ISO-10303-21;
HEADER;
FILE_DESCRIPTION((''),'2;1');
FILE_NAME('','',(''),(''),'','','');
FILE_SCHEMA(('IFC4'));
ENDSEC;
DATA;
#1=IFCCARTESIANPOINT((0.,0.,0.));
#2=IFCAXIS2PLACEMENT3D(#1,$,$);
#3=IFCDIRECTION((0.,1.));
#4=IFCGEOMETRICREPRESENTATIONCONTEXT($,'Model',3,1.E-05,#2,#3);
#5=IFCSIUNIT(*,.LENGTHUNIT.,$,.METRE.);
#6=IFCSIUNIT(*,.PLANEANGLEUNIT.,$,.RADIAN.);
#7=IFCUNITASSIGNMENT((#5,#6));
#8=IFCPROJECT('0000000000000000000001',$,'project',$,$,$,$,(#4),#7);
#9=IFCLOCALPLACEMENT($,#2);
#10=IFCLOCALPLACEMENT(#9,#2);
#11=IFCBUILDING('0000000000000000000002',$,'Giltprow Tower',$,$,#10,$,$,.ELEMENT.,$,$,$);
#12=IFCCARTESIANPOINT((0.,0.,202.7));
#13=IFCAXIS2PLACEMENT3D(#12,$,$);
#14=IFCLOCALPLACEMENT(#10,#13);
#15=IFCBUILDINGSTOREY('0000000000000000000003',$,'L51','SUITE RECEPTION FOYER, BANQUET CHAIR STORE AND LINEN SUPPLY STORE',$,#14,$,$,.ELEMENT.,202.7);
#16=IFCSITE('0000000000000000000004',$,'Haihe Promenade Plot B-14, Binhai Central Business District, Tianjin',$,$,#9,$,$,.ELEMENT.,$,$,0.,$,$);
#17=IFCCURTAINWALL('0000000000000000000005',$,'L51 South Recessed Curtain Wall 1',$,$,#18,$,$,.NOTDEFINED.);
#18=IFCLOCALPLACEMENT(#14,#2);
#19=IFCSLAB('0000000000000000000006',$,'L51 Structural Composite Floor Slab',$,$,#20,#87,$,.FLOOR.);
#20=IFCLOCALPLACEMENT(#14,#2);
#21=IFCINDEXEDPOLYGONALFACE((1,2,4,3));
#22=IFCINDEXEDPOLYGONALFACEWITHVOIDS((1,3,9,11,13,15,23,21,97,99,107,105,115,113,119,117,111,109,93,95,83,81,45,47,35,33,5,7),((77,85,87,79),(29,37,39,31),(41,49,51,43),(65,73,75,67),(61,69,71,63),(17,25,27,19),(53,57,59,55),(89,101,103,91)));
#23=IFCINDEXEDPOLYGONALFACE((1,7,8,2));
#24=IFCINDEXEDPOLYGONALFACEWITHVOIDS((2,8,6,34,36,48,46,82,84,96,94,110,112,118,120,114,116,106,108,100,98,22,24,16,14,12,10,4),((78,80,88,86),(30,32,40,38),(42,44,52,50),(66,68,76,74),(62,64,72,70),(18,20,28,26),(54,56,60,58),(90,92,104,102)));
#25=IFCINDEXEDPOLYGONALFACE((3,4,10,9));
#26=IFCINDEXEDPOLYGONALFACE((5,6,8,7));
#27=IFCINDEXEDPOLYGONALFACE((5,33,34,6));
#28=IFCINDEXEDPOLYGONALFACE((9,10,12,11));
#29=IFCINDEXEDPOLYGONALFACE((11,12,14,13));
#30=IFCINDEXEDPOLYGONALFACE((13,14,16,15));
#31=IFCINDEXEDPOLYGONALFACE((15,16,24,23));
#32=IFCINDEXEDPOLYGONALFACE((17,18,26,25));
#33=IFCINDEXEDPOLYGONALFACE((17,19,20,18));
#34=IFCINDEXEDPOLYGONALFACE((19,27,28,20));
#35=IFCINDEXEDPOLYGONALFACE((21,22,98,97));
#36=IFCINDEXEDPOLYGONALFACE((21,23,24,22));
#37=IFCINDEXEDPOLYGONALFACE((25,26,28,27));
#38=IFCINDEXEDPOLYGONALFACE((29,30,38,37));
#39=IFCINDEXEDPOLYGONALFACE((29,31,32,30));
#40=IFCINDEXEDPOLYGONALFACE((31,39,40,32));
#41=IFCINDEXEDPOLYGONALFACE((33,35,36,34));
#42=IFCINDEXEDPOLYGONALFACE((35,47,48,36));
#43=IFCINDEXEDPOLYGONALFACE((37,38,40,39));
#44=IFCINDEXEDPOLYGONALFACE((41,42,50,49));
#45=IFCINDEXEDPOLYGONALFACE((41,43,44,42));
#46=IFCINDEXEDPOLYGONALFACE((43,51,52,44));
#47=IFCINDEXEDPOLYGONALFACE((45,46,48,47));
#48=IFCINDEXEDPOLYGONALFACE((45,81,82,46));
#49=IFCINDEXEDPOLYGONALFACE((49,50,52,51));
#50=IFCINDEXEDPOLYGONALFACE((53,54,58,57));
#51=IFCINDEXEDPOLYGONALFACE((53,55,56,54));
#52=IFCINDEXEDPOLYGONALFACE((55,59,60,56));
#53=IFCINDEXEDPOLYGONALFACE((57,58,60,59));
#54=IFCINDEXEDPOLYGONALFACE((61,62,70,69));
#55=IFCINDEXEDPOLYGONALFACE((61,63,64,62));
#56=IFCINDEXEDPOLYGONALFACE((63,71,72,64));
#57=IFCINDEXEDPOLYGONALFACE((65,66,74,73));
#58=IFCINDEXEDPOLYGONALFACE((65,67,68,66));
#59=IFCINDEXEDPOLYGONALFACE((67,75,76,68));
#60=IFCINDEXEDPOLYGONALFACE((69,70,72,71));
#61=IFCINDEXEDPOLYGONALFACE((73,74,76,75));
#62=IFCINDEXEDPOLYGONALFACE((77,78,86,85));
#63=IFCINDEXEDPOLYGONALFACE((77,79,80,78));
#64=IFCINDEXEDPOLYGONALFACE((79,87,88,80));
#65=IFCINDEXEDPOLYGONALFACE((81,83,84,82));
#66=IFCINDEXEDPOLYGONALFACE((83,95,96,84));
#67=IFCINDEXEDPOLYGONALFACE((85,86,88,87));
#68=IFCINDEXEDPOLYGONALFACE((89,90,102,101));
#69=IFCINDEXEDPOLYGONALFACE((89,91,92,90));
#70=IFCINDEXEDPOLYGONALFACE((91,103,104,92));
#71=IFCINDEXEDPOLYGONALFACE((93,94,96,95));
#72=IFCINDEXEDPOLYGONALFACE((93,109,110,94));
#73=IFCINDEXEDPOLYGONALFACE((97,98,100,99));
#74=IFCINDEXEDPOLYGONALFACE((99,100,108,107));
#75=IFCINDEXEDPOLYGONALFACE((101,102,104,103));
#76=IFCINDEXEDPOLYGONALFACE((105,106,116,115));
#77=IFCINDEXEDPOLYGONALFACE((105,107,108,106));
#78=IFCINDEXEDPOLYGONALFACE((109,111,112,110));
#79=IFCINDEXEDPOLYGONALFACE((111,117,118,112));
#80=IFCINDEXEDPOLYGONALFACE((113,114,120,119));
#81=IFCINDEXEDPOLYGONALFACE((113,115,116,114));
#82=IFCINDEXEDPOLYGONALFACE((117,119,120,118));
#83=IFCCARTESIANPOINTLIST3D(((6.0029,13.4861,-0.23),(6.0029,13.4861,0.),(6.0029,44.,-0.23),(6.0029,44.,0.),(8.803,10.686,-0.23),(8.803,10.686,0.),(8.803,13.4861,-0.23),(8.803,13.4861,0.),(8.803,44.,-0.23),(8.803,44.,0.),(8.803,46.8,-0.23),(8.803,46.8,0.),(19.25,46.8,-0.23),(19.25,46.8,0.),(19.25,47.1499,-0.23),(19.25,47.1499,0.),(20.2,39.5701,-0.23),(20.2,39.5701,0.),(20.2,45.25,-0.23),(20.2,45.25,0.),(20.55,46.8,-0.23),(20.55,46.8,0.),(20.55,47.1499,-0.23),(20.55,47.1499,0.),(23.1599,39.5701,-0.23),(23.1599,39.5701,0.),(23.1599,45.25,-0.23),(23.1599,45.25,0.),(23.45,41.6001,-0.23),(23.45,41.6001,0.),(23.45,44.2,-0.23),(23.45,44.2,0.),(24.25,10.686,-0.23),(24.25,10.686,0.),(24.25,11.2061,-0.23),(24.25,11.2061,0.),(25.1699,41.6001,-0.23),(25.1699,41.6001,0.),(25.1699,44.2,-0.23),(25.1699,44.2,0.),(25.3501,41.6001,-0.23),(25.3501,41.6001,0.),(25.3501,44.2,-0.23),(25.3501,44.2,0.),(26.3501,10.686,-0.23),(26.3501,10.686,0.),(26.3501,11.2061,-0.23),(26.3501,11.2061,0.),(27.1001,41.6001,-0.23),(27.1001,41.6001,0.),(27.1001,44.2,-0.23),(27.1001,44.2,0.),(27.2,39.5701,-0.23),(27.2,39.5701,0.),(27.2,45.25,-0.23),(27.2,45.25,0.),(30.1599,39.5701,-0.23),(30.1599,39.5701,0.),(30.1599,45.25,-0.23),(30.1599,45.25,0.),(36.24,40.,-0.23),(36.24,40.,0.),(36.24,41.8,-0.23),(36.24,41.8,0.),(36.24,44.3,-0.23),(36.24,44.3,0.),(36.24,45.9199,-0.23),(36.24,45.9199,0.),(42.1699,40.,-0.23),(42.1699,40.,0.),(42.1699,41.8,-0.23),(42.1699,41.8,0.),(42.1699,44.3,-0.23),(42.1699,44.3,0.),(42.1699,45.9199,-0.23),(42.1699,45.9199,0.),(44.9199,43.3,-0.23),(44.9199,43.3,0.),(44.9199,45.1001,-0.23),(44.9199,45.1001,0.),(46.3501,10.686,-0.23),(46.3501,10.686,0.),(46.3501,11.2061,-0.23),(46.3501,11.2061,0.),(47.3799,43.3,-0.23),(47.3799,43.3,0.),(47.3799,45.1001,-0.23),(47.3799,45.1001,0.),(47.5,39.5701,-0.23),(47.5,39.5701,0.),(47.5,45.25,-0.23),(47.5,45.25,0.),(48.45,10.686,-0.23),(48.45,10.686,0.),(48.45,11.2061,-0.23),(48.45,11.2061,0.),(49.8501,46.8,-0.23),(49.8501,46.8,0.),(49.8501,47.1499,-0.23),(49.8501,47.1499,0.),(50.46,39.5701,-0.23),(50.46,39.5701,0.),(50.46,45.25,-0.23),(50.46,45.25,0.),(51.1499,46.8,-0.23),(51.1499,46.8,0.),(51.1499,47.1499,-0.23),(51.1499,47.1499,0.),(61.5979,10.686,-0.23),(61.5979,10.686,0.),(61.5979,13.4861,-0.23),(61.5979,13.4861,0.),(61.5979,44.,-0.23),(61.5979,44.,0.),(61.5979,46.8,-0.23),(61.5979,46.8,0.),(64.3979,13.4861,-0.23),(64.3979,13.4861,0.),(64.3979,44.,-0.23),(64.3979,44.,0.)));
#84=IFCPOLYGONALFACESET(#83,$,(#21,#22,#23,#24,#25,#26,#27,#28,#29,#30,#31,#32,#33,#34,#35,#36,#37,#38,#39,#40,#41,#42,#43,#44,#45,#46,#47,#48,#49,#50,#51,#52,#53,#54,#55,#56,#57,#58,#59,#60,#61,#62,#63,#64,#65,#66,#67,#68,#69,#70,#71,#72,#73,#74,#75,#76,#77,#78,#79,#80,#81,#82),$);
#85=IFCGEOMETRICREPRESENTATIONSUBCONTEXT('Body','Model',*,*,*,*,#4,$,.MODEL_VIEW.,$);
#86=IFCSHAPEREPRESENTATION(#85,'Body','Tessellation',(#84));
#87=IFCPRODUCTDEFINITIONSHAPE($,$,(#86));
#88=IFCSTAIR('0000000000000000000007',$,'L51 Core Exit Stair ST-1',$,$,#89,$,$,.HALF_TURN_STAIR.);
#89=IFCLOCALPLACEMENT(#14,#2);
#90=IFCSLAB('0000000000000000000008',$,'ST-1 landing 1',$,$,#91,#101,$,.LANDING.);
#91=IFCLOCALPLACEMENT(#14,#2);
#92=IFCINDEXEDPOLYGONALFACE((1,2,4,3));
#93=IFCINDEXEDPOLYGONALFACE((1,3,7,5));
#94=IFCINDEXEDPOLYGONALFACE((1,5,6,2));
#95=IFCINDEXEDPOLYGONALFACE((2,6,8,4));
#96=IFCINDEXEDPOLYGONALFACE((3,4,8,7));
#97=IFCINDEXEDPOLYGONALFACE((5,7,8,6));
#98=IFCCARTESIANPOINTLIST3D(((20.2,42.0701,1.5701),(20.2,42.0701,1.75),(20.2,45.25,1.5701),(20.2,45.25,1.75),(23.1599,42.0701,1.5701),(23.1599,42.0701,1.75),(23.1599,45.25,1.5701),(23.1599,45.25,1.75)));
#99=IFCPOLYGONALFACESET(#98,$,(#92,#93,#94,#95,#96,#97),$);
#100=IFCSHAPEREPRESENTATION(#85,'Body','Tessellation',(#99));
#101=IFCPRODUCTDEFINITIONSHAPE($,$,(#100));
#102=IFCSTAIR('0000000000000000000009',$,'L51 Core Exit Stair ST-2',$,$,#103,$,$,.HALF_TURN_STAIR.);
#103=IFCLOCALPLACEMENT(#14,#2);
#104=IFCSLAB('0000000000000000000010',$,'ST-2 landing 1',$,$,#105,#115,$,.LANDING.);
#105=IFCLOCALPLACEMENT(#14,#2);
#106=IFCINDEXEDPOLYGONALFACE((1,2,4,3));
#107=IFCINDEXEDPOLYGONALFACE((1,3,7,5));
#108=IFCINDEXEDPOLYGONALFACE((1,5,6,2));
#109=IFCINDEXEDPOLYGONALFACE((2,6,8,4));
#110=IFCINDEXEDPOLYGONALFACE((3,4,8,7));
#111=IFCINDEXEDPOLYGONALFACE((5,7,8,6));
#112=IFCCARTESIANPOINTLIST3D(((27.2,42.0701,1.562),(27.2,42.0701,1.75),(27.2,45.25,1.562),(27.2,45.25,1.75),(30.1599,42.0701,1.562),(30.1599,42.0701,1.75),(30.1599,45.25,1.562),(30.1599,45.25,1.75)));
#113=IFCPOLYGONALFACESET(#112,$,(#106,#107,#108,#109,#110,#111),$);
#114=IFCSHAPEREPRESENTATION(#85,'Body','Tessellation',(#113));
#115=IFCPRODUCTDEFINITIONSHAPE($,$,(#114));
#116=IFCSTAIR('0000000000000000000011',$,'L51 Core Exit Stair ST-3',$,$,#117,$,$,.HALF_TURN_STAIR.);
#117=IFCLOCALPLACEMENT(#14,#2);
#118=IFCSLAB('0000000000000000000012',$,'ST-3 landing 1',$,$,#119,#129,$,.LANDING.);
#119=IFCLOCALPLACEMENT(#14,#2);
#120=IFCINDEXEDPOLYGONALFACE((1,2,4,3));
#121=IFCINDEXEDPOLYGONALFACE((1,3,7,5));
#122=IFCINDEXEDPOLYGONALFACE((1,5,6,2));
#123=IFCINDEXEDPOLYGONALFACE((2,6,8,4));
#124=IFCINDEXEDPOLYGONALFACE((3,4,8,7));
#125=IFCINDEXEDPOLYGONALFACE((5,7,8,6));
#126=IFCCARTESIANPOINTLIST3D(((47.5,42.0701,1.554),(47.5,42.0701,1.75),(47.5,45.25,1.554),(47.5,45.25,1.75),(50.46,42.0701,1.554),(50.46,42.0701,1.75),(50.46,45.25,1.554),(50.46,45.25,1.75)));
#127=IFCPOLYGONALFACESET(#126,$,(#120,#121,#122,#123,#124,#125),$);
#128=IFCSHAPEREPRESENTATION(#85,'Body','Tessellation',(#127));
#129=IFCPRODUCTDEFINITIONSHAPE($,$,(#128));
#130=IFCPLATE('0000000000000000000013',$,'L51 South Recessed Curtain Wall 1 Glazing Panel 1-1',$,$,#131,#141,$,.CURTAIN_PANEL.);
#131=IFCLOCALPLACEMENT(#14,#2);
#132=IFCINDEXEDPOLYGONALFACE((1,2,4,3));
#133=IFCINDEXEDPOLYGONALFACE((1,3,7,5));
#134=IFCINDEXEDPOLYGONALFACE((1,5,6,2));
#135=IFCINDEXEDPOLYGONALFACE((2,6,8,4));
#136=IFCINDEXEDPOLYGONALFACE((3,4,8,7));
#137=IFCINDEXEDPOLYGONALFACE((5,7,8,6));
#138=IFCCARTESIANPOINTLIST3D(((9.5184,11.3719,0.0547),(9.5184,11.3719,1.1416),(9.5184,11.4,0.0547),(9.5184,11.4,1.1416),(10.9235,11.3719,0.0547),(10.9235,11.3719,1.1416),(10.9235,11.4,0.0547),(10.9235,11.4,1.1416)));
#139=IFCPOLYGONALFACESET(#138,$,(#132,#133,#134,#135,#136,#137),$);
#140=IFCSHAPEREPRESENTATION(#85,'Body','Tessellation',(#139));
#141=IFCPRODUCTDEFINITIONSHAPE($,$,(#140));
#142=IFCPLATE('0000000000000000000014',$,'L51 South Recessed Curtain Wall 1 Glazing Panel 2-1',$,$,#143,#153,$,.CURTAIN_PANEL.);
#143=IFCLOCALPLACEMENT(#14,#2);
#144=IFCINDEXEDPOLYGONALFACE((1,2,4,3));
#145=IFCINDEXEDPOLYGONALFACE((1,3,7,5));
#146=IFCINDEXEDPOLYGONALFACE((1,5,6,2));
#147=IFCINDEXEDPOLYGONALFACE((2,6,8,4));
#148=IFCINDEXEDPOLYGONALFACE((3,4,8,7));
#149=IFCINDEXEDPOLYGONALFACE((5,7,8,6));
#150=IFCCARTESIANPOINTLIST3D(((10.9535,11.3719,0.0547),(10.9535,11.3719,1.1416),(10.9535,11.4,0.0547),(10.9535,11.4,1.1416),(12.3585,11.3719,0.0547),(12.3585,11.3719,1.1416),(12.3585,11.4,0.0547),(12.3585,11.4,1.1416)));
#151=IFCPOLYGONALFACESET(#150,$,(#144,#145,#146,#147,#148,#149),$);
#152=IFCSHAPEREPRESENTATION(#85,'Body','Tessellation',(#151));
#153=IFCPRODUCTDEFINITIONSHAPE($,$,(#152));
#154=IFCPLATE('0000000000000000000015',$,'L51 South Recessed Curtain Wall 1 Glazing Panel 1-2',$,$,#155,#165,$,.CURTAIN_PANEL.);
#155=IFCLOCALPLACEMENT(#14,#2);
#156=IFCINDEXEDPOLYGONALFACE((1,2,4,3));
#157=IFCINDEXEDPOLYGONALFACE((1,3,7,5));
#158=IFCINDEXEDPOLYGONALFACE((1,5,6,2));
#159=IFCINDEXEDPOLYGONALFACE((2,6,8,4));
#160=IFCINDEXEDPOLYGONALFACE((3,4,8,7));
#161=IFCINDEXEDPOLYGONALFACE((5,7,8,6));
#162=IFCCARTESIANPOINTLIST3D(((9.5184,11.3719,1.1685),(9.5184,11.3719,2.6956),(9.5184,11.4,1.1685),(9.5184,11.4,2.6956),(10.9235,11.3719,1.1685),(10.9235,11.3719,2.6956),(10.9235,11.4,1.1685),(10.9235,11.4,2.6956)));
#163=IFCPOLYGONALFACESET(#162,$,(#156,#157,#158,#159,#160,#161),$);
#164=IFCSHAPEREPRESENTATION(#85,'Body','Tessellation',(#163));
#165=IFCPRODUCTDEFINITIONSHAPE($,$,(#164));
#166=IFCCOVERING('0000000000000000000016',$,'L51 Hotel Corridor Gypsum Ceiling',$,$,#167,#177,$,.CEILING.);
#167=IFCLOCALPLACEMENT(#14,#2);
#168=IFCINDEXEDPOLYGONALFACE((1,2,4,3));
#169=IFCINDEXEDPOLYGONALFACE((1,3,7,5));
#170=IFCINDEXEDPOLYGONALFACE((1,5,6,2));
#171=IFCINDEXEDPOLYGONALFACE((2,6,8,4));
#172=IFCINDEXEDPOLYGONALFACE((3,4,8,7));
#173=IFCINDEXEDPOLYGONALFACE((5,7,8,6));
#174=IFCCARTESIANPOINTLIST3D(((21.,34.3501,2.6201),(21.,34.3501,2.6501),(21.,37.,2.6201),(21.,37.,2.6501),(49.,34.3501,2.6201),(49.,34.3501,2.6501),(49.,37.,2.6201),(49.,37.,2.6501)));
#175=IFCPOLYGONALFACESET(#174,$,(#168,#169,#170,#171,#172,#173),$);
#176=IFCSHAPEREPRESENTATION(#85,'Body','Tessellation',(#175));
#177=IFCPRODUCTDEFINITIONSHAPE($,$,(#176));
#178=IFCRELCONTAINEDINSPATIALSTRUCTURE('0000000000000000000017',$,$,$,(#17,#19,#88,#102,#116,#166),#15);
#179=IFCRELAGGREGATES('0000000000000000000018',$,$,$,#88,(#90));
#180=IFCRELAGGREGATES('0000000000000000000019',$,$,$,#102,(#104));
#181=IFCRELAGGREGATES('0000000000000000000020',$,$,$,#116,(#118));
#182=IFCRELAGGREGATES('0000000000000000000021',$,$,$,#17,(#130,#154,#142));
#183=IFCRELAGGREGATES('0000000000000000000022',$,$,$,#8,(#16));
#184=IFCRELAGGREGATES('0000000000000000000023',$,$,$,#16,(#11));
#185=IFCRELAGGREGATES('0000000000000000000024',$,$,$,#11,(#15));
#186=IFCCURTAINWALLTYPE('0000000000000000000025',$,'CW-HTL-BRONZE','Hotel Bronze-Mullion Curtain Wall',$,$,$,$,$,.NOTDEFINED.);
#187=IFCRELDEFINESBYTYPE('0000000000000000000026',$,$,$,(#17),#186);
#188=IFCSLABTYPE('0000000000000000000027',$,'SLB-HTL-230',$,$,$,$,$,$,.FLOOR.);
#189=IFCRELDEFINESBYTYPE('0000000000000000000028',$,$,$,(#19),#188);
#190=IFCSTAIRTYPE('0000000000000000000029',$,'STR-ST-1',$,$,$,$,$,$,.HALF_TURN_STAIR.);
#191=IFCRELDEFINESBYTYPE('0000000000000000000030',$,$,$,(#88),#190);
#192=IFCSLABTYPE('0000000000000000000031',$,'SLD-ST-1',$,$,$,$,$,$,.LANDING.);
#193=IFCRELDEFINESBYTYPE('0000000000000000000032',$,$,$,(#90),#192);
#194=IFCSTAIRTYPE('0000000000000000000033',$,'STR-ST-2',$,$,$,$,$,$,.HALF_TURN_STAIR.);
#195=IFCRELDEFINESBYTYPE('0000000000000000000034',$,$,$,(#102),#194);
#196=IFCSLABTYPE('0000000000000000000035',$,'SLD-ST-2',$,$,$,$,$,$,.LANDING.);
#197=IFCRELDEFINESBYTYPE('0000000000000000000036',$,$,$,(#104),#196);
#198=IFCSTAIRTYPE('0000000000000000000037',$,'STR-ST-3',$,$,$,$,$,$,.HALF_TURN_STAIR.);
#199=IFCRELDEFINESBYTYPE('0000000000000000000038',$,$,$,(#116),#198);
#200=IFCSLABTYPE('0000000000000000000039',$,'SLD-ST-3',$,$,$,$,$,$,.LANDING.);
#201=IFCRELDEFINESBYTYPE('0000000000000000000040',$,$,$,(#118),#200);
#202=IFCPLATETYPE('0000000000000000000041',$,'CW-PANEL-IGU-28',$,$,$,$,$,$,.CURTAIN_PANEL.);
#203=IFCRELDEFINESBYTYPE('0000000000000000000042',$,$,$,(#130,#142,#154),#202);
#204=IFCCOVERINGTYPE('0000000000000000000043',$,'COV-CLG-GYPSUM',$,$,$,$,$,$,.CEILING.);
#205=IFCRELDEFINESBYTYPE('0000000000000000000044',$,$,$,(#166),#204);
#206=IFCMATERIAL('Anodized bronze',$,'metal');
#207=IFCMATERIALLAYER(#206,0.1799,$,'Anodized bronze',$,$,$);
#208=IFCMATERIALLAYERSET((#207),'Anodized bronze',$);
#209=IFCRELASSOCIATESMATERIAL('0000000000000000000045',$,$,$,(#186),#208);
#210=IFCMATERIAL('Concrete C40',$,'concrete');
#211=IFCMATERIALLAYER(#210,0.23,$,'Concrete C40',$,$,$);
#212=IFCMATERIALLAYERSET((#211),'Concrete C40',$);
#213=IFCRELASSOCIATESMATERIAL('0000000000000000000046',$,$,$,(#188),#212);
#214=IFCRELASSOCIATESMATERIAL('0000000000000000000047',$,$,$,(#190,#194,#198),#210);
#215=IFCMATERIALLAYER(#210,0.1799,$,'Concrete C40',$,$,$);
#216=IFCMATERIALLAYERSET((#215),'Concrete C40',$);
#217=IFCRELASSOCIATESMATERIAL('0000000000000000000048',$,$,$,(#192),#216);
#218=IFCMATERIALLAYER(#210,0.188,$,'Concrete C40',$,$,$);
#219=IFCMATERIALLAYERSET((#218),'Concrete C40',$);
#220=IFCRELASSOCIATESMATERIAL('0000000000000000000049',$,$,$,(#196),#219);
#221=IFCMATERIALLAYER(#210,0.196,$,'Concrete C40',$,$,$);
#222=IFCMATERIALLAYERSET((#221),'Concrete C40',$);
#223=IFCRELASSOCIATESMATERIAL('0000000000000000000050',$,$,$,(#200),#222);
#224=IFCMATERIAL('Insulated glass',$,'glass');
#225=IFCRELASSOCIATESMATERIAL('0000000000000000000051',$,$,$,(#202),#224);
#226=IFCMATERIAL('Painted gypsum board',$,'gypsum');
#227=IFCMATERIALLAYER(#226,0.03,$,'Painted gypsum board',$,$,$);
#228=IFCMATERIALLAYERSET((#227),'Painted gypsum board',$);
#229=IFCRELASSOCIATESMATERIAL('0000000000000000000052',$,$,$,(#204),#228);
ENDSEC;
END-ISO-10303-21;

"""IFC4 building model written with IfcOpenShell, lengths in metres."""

from ifc_helpers import new_model, si_unit, direction, frame, origin, origin_2d, place, context, subcontext, project, spatial, polyline, rectangle, outline, extrude, source, transform, mapped, material, layer, layer_set, type_object, element, aggregate, save


model = new_model("IFC4")

# Units and contexts
model_context = context("Model", 3, precision=1e-05, world=origin(), true_north=direction((0.0, 1.0)))
body_context = subcontext(model_context, "Body", "Model", "MODEL_VIEW")
ifc_project = project(units=[si_unit("LENGTHUNIT", "METRE"), si_unit("PLANEANGLEUNIT", "RADIAN")], contexts=[model_context])

# Site, building, storey
site_placement = place(None, origin())
site = spatial("IfcSite", under=ifc_project, at=site_placement, Name="Haihe Promenade Plot B-14, Binhai Central Business District, Tianjin", CompositionType="ELEMENT", RefElevation=0.0)
building_placement = place(site_placement, origin())
building = spatial("IfcBuilding", under=site, at=building_placement, Name="Giltprow Tower", CompositionType="ELEMENT")
storey_placement = place(building_placement, frame((0.0, 0.0, 202.7)))
storey = spatial("IfcBuildingStorey", under=building, at=storey_placement, Name="L51", Description="SUITE RECEPTION FOYER, BANQUET CHAIR STORE AND LINEN SUPPLY STORE", CompositionType="ELEMENT", Elevation=202.7)

# Curtain wall
ifc_material_1 = material(Name="Anodized bronze", Category="metal")
ifc_layer_1 = layer(ifc_material_1, 0.1799, Name="Anodized bronze")
ifc_layer_set_1 = layer_set([ifc_layer_1], Name="Anodized bronze")
curtain_wall_type = type_object("IfcCurtainWallType", Name="CW-HTL-BRONZE", Description="Hotel Bronze-Mullion Curtain Wall", PredefinedType="NOTDEFINED", material=ifc_layer_set_1)
curtain_wall_placement = place(storey_placement, origin())
curtain_wall = element("IfcCurtainWall", 1, at=curtain_wall_placement, inside=storey, type_object=curtain_wall_type, Name="L51 South Recessed Curtain Wall 1", PredefinedType="NOTDEFINED")

# Slab
ifc_material_2 = material(Name="Concrete C40", Category="concrete")
ifc_layer_2 = layer(ifc_material_2, 0.23, Name="Concrete C40")
ifc_layer_set_2 = layer_set([ifc_layer_2], Name="Concrete C40")
slab_type_1 = type_object("IfcSlabType", Name="SLB-HTL-230", PredefinedType="FLOOR", material=ifc_layer_set_2)
slab_1_placement = place(storey_placement, frame((0.0, 0.0, -0.23)))
element("IfcSlab", 2, at=slab_1_placement, inside=storey, type_object=slab_type_1, Name="L51 Structural Composite Floor Slab", PredefinedType="FLOOR", context=body_context, shape_type="SweptSolid", body=[
    extrude(outline(polyline([(64.3979, 44.0), (64.3979, 13.4861), (61.5979, 13.4861), (61.5979, 10.686), (48.45, 10.686), (48.45, 11.2061), (46.3501, 11.2061), (46.3501, 10.686), (26.3501, 10.686), (26.3501, 11.2061), (24.25, 11.2061), (24.25, 10.686), (8.803, 10.686), (8.803, 13.4861), (6.0029, 13.4861), (6.0029, 44.0), (8.803, 44.0), (8.803, 46.8), (19.25, 46.8), (19.25, 47.1499), (20.55, 47.1499), (20.55, 46.8), (49.8501, 46.8), (49.8501, 47.1499), (51.1499, 47.1499), (51.1499, 46.8), (61.5979, 46.8), (61.5979, 44.0), (64.3979, 44.0)]), holes=[polyline([(42.1699, 41.8), (36.24, 41.8), (36.24, 40.0), (42.1699, 40.0), (42.1699, 41.8)]), polyline([(23.1599, 39.5701), (23.1599, 45.25), (20.2, 45.25), (20.2, 39.5701), (23.1599, 39.5701)]), polyline([(30.1599, 39.5701), (30.1599, 45.25), (27.2, 45.25), (27.2, 39.5701), (30.1599, 39.5701)]), polyline([(50.46, 45.25), (47.5, 45.25), (47.5, 39.5701), (50.46, 39.5701), (50.46, 45.25)]), polyline([(25.1699, 44.2), (23.45, 44.2), (23.45, 41.6001), (25.1699, 41.6001), (25.1699, 44.2)]), polyline([(27.1001, 44.2), (25.3501, 44.2), (25.3501, 41.6001), (27.1001, 41.6001), (27.1001, 44.2)]), polyline([(47.3799, 43.3), (47.3799, 45.1001), (44.9199, 45.1001), (44.9199, 43.3), (47.3799, 43.3)]), polyline([(42.1699, 44.3), (42.1699, 45.9199), (36.24, 45.9199), (36.24, 44.3), (42.1699, 44.3)])]), origin(), (0.0, 0.0, 1.0), 0.23),
])

# Stairs, slabs
stair_type_1 = type_object("IfcStairType", Name="STR-ST-1", PredefinedType="HALF_TURN_STAIR", material=ifc_material_2)
stair_1_placement = place(storey_placement, origin())
stair_1 = element("IfcStair", 3, at=stair_1_placement, inside=storey, type_object=stair_type_1, Name="L51 Core Exit Stair ST-1", PredefinedType="HALF_TURN_STAIR")
ifc_layer_3 = layer(ifc_material_2, 0.1799, Name="Concrete C40")
ifc_layer_set_3 = layer_set([ifc_layer_3], Name="Concrete C40")
slab_type_2 = type_object("IfcSlabType", Name="SLD-ST-1", PredefinedType="LANDING", material=ifc_layer_set_3)
slab_2_placement = place(storey_placement, frame((0.0, 0.0, 1.5701)))
slab_2 = element("IfcSlab", 4, at=slab_2_placement, type_object=slab_type_2, Name="ST-1 landing 1", PredefinedType="LANDING", context=body_context, shape_type="SweptSolid", body=[
    extrude(outline(polyline([(23.1599, 42.0701), (23.1599, 45.25), (20.2, 45.25), (20.2, 42.0701), (23.1599, 42.0701)])), origin(), (0.0, 0.0, 1.0), 0.1799),
])
aggregate(stair_1, [slab_2])
stair_type_2 = type_object("IfcStairType", Name="STR-ST-2", PredefinedType="HALF_TURN_STAIR", material=ifc_material_2)
stair_2_placement = place(storey_placement, origin())
stair_2 = element("IfcStair", 5, at=stair_2_placement, inside=storey, type_object=stair_type_2, Name="L51 Core Exit Stair ST-2", PredefinedType="HALF_TURN_STAIR")
ifc_layer_4 = layer(ifc_material_2, 0.188, Name="Concrete C40")
ifc_layer_set_4 = layer_set([ifc_layer_4], Name="Concrete C40")
slab_type_3 = type_object("IfcSlabType", Name="SLD-ST-2", PredefinedType="LANDING", material=ifc_layer_set_4)
slab_3_placement = place(storey_placement, frame((0.0, 0.0, 1.562)))
slab_3 = element("IfcSlab", 6, at=slab_3_placement, type_object=slab_type_3, Name="ST-2 landing 1", PredefinedType="LANDING", context=body_context, shape_type="SweptSolid", body=[
    extrude(outline(polyline([(30.1599, 42.0701), (30.1599, 45.25), (27.2, 45.25), (27.2, 42.0701), (30.1599, 42.0701)])), origin(), (0.0, 0.0, 1.0), 0.188),
])
aggregate(stair_2, [slab_3])
stair_type_3 = type_object("IfcStairType", Name="STR-ST-3", PredefinedType="HALF_TURN_STAIR", material=ifc_material_2)
stair_3_placement = place(storey_placement, origin())
stair_3 = element("IfcStair", 7, at=stair_3_placement, inside=storey, type_object=stair_type_3, Name="L51 Core Exit Stair ST-3", PredefinedType="HALF_TURN_STAIR")
ifc_layer_5 = layer(ifc_material_2, 0.196, Name="Concrete C40")
ifc_layer_set_5 = layer_set([ifc_layer_5], Name="Concrete C40")
slab_type_4 = type_object("IfcSlabType", Name="SLD-ST-3", PredefinedType="LANDING", material=ifc_layer_set_5)
slab_4_placement = place(storey_placement, frame((0.0, 0.0, 1.554)))
slab_4 = element("IfcSlab", 8, at=slab_4_placement, type_object=slab_type_4, Name="ST-3 landing 1", PredefinedType="LANDING", context=body_context, shape_type="SweptSolid", body=[
    extrude(outline(polyline([(50.46, 42.0701), (50.46, 45.25), (47.5, 45.25), (47.5, 42.0701), (50.46, 42.0701)])), origin(), (0.0, 0.0, 1.0), 0.196),
])
aggregate(stair_3, [slab_4])

# Plates
ifc_material_3 = material(Name="Insulated glass", Category="glass")
plate_type = type_object("IfcPlateType", Name="CW-PANEL-IGU-28", PredefinedType="CURTAIN_PANEL", material=ifc_material_3)
shared_shape_1 = source(origin(), body_context, "Body", "SweptSolid", [
    extrude(rectangle(XDim=1.405, YDim=0.0281, at=origin_2d()), origin(), (0.0, 0.0, 1.0), 1.0869),
])
plate_1_placement = place(storey_placement, frame((10.2209, 11.386, 0.0547), z_axis=(0.0, 0.0, 1.0), x_axis=(1.0, 0.0, 0.0)))
plate_1 = element("IfcPlate", 9, at=plate_1_placement, type_object=plate_type, Name="L51 South Recessed Curtain Wall 1 Glazing Panel 1-1", PredefinedType="CURTAIN_PANEL", context=body_context, shape_type="MappedRepresentation", body=[
    mapped(shared_shape_1, transform((0.0, 0.0, 0.0), x_axis=(1.0, 0.0, 0.0), y_axis=(0.0, 1.0, 0.0), z_axis=(0.0, 0.0, 1.0), scale=1.0)),
])
plate_2_placement = place(storey_placement, frame((11.656, 11.386, 0.0547), z_axis=(0.0, 0.0, 1.0), x_axis=(1.0, 0.0, 0.0)))
plate_2 = element("IfcPlate", 10, at=plate_2_placement, type_object=plate_type, Name="L51 South Recessed Curtain Wall 1 Glazing Panel 2-1", PredefinedType="CURTAIN_PANEL", context=body_context, shape_type="MappedRepresentation", body=[
    mapped(shared_shape_1, transform((0.0, 0.0, 0.0), x_axis=(1.0, 0.0, 0.0), y_axis=(0.0, 1.0, 0.0), z_axis=(0.0, 0.0, 1.0), scale=1.0)),
])
shared_shape_2 = source(origin(), body_context, "Body", "SweptSolid", [
    extrude(rectangle(XDim=1.405, YDim=0.0281, at=origin_2d()), origin(), (0.0, 0.0, 1.0), 1.5271),
])
plate_3_placement = place(storey_placement, frame((10.2209, 11.386, 1.1685), z_axis=(0.0, 0.0, 1.0), x_axis=(1.0, 0.0, 0.0)))
plate_3 = element("IfcPlate", 11, at=plate_3_placement, type_object=plate_type, Name="L51 South Recessed Curtain Wall 1 Glazing Panel 1-2", PredefinedType="CURTAIN_PANEL", context=body_context, shape_type="MappedRepresentation", body=[
    mapped(shared_shape_2, transform((0.0, 0.0, 0.0), x_axis=(1.0, 0.0, 0.0), y_axis=(0.0, 1.0, 0.0), z_axis=(0.0, 0.0, 1.0), scale=1.0)),
])
aggregate(curtain_wall, [plate_1, plate_3, plate_2])

# Covering
ifc_material_4 = material(Name="Painted gypsum board", Category="gypsum")
ifc_layer_6 = layer(ifc_material_4, 0.03, Name="Painted gypsum board")
ifc_layer_set_6 = layer_set([ifc_layer_6], Name="Painted gypsum board")
covering_type_1 = type_object("IfcCoveringType", Name="COV-CLG-GYPSUM", PredefinedType="CEILING", material=ifc_layer_set_6)
covering_1_placement = place(storey_placement, frame((0.0, 0.0, 2.6201)))
element("IfcCovering", 12, at=covering_1_placement, inside=storey, type_object=covering_type_1, Name="L51 Hotel Corridor Gypsum Ceiling", PredefinedType="CEILING", context=body_context, shape_type="SweptSolid", body=[
    extrude(outline(polyline([(21.0, 34.3501), (49.0, 34.3501), (49.0, 37.0), (21.0, 37.0), (21.0, 34.3501)])), origin(), (0.0, 0.0, 1.0), 0.03),
])

save(model, "model.ifc")
